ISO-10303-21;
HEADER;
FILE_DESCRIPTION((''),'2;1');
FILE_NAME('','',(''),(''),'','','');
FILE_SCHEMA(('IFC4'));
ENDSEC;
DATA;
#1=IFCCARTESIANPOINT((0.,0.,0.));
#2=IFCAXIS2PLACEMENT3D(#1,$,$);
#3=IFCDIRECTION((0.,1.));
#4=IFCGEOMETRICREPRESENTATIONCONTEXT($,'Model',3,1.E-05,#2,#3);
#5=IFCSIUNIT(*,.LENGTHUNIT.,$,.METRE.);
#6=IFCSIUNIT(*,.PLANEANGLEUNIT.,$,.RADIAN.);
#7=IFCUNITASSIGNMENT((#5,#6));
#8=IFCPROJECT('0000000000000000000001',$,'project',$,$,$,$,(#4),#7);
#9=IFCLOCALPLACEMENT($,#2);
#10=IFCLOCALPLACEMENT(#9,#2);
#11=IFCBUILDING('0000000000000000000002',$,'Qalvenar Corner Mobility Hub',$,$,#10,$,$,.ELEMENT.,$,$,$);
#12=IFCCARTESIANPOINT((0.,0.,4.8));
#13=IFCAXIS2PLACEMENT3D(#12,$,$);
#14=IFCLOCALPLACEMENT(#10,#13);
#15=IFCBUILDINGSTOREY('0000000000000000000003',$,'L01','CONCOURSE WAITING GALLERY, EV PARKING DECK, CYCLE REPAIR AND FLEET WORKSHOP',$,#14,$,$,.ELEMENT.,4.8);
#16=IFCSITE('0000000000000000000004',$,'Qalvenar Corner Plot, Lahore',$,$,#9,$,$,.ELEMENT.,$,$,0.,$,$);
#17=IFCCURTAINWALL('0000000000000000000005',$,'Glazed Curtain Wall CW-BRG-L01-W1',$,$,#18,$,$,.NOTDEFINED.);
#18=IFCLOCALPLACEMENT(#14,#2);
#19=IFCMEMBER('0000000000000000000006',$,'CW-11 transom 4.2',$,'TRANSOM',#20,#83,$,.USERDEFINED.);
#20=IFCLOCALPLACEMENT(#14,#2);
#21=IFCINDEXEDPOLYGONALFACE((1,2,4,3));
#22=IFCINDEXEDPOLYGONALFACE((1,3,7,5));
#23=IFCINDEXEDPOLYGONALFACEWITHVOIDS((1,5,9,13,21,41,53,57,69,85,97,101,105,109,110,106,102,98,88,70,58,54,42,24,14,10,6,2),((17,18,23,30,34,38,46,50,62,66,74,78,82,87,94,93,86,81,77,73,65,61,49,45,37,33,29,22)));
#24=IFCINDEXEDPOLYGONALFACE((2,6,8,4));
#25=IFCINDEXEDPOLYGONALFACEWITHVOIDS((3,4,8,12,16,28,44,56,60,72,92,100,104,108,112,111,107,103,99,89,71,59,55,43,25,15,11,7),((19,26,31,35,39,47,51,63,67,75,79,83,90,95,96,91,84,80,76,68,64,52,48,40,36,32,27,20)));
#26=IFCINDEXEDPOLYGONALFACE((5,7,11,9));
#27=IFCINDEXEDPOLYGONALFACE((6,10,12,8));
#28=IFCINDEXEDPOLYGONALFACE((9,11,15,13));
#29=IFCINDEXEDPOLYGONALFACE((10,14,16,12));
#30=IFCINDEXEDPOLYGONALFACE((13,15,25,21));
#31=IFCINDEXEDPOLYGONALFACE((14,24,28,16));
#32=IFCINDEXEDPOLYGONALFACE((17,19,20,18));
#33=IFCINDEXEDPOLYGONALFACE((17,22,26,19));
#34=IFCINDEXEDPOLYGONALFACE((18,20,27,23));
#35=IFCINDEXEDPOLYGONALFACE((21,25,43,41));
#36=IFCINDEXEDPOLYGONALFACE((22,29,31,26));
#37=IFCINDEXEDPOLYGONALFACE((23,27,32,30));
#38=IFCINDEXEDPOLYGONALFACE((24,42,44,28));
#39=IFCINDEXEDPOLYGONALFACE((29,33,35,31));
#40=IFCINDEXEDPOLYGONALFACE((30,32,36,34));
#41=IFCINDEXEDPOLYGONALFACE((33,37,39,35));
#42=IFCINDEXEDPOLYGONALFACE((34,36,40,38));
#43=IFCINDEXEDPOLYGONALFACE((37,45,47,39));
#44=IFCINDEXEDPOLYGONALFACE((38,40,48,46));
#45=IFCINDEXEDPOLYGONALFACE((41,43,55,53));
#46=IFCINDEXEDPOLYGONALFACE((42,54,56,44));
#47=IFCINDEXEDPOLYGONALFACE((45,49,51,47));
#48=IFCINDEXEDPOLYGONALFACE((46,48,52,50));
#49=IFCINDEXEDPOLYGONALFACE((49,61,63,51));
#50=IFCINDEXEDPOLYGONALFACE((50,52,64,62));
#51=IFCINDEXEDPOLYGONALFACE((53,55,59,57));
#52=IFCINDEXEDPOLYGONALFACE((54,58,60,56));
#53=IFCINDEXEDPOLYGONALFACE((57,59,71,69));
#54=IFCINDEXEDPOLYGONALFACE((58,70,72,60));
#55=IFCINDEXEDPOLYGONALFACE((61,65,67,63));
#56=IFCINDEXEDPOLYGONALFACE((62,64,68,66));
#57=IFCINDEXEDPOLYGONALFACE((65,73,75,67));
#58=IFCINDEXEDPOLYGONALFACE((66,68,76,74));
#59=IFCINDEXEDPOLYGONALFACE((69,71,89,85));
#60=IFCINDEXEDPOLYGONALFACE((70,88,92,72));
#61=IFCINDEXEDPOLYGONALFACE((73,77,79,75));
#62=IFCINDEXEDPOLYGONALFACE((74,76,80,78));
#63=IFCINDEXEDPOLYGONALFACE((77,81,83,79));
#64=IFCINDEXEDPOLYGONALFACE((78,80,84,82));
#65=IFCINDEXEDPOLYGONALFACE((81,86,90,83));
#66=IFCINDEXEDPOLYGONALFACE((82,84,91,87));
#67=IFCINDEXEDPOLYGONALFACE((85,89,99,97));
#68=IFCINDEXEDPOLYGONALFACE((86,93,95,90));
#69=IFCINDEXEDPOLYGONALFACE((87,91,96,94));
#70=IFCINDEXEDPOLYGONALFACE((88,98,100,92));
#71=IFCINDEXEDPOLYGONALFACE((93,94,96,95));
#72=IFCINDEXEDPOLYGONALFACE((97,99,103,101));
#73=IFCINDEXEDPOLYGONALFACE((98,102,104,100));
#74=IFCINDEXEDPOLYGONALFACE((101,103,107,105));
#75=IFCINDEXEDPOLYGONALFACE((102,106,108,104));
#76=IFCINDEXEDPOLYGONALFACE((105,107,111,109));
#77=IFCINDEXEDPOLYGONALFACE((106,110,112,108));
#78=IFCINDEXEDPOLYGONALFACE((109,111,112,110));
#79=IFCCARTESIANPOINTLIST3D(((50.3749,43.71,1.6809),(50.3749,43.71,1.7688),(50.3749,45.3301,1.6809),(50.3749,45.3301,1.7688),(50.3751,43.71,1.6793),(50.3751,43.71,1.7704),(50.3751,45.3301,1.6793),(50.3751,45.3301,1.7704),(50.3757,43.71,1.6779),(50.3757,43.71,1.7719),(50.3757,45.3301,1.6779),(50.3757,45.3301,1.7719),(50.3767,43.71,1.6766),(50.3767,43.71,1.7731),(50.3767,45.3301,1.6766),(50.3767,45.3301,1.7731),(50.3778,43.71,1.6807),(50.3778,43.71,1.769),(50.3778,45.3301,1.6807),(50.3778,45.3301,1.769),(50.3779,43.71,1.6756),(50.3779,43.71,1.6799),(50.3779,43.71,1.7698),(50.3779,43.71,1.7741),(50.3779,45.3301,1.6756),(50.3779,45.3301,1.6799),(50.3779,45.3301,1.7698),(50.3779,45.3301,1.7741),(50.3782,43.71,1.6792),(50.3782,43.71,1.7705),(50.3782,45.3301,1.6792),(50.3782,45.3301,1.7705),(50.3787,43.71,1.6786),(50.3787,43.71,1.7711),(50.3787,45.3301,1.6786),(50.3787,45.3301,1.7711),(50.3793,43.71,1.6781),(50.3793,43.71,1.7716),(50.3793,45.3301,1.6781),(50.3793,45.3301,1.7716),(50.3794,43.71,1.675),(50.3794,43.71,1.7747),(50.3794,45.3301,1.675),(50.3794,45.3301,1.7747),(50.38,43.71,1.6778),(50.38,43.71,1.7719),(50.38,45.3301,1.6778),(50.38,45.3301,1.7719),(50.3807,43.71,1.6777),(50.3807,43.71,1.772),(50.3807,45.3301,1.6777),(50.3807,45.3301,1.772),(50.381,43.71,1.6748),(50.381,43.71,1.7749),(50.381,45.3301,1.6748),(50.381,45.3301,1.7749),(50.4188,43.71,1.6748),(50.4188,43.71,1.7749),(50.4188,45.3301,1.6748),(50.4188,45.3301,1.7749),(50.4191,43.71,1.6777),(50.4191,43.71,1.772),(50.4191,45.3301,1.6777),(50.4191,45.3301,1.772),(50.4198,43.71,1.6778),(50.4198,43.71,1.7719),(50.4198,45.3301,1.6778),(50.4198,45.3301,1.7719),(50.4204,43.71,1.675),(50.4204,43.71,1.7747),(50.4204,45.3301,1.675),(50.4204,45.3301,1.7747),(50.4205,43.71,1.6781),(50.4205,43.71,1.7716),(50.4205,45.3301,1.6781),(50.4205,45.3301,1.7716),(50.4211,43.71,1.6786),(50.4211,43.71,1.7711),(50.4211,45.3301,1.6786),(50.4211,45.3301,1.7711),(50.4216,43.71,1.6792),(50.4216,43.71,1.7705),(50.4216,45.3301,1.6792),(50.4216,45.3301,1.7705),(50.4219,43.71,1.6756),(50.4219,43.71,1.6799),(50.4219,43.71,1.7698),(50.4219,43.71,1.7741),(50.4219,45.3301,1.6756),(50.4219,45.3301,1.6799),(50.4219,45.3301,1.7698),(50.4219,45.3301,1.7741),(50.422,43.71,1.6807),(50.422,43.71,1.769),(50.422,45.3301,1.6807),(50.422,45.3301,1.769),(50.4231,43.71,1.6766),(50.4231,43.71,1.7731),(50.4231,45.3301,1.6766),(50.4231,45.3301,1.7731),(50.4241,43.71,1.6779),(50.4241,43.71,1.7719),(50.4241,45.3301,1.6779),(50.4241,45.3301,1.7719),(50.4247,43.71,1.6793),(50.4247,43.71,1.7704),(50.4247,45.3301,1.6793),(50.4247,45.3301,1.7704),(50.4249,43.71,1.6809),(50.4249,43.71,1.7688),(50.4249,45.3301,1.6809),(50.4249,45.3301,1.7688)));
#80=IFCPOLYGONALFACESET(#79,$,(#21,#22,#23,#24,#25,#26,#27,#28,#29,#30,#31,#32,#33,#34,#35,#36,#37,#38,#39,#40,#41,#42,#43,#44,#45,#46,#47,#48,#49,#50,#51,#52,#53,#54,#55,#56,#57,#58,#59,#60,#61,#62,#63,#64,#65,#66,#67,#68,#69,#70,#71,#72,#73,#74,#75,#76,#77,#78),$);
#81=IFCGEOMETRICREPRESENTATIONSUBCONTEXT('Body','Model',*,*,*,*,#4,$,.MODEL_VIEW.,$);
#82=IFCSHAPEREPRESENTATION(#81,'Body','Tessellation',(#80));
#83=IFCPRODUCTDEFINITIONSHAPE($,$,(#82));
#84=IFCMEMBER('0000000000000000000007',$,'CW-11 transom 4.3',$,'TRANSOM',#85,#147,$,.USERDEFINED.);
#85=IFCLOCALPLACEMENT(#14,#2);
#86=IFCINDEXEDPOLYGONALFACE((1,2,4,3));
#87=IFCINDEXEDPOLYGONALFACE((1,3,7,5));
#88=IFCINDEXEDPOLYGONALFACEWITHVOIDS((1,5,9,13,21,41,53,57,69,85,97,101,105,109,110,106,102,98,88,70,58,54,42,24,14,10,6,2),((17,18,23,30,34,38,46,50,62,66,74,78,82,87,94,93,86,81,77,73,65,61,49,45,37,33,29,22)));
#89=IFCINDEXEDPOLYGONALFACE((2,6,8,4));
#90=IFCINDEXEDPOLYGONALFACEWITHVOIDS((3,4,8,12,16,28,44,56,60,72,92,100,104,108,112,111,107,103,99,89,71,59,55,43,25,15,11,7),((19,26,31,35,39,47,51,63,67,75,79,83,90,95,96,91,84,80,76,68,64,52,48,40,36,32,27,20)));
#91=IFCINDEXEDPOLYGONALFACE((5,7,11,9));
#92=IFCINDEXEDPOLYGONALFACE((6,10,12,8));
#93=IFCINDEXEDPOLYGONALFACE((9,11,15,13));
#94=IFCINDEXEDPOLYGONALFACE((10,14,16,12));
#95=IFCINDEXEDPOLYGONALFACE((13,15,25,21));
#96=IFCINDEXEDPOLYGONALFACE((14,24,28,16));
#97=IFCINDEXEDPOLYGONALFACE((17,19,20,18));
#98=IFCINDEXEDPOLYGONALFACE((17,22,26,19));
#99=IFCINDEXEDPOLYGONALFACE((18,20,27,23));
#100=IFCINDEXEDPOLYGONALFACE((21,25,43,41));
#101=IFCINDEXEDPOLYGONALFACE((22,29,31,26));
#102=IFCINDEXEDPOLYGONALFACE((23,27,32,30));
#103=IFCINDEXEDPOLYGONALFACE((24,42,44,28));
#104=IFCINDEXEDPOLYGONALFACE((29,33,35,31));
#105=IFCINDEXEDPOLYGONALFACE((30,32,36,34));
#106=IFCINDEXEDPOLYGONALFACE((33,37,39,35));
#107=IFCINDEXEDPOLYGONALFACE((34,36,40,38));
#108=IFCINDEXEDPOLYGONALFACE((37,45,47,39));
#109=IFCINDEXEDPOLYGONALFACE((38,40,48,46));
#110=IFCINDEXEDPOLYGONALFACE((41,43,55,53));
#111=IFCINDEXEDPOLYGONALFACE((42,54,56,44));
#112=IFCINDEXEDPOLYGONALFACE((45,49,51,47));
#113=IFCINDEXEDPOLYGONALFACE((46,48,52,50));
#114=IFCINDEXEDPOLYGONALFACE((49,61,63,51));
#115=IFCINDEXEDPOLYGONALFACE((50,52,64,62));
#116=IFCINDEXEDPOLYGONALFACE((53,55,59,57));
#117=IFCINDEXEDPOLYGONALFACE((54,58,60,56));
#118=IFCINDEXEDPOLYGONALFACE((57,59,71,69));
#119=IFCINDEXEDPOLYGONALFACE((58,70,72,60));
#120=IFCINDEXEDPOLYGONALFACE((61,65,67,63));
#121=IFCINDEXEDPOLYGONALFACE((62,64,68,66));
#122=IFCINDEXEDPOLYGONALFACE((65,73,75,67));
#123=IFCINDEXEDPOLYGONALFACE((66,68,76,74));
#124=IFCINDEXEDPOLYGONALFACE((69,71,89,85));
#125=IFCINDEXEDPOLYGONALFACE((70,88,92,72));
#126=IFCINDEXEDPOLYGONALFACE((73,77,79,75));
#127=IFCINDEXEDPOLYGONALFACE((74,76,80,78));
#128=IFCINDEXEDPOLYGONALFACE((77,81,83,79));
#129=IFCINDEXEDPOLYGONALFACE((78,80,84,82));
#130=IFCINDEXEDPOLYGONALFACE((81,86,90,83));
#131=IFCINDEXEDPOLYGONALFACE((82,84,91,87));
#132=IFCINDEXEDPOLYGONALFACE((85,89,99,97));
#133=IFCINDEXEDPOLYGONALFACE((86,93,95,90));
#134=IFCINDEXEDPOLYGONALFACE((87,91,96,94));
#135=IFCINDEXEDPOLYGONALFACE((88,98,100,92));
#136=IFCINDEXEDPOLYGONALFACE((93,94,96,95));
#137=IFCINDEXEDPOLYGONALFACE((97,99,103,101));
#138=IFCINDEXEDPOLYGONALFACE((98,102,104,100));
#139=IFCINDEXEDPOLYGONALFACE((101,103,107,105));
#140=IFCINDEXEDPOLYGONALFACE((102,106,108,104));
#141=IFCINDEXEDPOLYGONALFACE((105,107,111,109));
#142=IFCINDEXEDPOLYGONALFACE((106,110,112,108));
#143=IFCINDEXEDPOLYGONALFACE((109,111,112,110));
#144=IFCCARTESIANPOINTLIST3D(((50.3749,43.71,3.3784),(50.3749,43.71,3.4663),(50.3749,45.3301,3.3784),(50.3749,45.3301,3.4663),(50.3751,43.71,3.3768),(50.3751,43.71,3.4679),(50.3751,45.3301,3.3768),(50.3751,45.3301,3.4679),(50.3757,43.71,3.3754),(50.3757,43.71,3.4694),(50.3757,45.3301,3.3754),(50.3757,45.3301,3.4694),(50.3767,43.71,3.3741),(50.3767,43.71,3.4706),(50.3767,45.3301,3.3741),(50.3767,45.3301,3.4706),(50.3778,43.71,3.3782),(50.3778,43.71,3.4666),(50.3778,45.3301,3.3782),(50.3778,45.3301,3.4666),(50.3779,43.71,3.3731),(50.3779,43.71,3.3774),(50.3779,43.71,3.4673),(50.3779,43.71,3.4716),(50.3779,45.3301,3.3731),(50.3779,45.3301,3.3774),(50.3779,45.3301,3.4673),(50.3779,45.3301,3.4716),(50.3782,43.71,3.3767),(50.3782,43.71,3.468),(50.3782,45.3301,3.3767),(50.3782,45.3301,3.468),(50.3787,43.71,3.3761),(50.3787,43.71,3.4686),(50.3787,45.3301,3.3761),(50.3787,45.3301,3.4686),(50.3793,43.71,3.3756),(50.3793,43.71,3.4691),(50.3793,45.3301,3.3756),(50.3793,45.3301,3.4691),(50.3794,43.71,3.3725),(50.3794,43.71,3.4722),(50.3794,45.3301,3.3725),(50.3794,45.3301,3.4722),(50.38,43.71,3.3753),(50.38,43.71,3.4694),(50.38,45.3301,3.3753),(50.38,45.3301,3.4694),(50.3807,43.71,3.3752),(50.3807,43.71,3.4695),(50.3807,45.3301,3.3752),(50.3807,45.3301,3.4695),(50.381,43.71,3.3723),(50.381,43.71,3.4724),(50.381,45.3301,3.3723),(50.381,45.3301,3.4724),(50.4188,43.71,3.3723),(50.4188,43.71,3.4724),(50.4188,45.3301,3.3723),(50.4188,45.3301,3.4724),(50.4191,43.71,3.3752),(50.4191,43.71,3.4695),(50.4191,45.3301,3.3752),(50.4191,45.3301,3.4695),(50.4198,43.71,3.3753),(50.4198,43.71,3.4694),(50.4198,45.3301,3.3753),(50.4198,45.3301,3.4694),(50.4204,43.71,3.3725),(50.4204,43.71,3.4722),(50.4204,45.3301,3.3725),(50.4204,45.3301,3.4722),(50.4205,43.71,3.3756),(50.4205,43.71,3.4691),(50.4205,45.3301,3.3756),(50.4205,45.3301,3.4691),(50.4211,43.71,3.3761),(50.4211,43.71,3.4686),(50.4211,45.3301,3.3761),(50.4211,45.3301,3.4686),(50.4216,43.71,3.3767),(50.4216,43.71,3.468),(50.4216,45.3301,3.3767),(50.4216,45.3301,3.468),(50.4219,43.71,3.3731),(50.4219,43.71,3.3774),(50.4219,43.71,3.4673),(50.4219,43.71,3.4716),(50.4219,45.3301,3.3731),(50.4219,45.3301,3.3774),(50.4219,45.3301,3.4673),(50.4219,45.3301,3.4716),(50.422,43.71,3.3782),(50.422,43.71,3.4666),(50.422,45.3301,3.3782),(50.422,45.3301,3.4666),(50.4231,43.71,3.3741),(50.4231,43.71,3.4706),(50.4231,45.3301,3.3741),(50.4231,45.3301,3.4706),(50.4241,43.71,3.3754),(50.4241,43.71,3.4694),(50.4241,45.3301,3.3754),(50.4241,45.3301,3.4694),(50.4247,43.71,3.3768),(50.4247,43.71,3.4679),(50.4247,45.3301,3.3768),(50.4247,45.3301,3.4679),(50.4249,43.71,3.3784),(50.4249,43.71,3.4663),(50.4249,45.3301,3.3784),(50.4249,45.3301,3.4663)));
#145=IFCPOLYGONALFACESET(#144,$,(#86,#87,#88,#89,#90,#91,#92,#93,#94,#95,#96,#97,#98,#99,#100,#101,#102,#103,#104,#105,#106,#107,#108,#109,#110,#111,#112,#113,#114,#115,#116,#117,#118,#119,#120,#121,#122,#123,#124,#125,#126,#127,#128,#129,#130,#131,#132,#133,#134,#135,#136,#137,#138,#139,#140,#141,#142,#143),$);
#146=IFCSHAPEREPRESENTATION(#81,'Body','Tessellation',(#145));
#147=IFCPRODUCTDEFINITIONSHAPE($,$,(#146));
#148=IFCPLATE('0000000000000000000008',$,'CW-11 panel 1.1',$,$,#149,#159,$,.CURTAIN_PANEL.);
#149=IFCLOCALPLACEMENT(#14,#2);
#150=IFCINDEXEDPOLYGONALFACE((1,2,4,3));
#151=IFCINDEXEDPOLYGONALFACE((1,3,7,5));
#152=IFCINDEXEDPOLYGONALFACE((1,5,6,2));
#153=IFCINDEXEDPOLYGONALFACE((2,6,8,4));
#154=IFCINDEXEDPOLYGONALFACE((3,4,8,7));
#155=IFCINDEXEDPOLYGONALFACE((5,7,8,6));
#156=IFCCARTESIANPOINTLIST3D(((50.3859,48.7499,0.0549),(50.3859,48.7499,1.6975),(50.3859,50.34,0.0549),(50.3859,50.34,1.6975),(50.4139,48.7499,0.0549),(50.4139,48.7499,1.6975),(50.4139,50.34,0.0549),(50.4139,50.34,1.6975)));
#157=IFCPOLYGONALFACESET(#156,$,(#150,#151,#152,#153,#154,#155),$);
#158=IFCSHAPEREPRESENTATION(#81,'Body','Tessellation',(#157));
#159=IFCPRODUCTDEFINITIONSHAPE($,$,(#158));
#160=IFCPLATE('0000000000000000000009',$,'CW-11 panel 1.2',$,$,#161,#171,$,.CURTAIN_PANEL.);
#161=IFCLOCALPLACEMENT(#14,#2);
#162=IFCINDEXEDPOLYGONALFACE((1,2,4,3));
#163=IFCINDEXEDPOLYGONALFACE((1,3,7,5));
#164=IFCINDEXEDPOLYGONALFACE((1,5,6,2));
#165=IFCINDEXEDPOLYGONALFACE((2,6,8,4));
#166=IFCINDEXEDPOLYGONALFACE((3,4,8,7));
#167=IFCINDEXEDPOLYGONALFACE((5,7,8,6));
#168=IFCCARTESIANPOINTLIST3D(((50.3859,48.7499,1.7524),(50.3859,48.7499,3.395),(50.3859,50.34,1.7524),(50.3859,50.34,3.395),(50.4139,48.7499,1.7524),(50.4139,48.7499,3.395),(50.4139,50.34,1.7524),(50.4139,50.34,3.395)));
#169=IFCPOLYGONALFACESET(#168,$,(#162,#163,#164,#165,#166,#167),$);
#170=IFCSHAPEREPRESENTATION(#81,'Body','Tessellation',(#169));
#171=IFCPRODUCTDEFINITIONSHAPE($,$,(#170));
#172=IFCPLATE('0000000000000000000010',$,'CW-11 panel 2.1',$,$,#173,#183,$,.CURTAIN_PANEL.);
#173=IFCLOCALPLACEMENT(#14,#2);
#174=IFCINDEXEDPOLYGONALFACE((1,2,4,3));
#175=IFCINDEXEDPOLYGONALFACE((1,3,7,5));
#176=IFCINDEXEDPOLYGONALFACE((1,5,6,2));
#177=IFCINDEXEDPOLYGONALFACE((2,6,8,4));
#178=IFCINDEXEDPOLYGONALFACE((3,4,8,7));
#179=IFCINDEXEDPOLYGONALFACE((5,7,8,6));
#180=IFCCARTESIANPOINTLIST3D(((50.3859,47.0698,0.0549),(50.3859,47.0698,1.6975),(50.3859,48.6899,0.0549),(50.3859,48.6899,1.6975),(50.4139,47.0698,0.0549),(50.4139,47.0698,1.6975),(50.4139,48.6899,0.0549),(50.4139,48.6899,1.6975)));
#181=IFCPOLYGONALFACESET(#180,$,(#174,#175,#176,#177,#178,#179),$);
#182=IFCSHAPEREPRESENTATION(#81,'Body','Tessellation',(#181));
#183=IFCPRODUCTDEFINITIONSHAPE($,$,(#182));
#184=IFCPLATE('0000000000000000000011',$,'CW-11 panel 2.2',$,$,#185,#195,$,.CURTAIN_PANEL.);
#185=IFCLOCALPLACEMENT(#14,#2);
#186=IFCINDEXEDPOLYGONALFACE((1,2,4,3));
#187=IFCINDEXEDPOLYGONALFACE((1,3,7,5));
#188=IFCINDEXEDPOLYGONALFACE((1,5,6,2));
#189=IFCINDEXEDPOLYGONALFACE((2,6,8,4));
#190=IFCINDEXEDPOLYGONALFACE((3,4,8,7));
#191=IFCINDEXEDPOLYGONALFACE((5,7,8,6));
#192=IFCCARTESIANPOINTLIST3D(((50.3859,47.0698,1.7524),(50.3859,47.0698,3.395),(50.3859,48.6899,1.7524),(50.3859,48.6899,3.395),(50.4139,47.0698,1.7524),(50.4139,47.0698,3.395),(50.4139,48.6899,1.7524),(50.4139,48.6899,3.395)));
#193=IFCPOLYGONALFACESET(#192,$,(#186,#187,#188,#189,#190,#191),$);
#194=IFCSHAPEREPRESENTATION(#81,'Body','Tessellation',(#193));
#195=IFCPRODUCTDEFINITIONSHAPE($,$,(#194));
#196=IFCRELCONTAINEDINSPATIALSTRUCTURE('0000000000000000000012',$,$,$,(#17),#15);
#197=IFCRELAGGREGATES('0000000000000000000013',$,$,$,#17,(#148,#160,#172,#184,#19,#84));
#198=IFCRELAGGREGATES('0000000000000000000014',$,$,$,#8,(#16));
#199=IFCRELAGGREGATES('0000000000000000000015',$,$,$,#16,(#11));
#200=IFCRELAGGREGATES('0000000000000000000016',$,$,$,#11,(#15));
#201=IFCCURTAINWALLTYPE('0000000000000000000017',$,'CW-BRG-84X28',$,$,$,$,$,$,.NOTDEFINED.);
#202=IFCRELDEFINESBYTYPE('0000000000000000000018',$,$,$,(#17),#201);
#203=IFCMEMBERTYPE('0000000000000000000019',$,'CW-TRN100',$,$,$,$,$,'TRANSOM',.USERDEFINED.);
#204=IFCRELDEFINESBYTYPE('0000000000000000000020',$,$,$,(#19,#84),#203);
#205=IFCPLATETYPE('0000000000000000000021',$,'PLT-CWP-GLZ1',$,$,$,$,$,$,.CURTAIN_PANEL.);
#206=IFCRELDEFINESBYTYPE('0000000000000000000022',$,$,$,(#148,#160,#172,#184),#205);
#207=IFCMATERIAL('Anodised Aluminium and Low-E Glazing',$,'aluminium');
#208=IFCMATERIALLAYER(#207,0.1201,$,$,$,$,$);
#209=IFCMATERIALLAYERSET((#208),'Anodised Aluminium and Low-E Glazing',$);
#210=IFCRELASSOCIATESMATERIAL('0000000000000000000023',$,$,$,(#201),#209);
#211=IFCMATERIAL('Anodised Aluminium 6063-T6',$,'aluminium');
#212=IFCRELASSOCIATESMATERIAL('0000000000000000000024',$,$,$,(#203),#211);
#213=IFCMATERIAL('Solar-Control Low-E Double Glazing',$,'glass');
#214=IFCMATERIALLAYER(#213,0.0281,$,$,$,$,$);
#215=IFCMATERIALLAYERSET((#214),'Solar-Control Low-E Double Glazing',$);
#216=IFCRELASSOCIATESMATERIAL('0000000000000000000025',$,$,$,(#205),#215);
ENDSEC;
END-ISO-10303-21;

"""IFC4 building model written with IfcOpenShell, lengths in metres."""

from ifc_helpers import new_model, si_unit, direction, frame, origin, origin_2d, place, context, subcontext, project, spatial, rectangle, hollow_rectangle, extrude, material, layer, layer_set, material_profile, profile_set, type_object, element, aggregate, save


model = new_model("IFC4")

# Units and contexts
model_context = context("Model", 3, precision=1e-05, world=origin(), true_north=direction((0.0, 1.0)))
body_context = subcontext(model_context, "Body", "Model", "MODEL_VIEW")
ifc_project = project(units=[si_unit("LENGTHUNIT", "METRE"), si_unit("PLANEANGLEUNIT", "RADIAN")], contexts=[model_context])

# Site, building, storey
site_placement = place(None, origin())
site = spatial("IfcSite", under=ifc_project, at=site_placement, Name="Qalvenar Corner Plot, Lahore", CompositionType="ELEMENT", RefElevation=0.0)
building_placement = place(site_placement, origin())
building = spatial("IfcBuilding", under=site, at=building_placement, Name="Qalvenar Corner Mobility Hub", CompositionType="ELEMENT")
storey_placement = place(building_placement, frame((0.0, 0.0, 4.8)))
storey = spatial("IfcBuildingStorey", under=building, at=storey_placement, Name="L01", Description="CONCOURSE WAITING GALLERY, EV PARKING DECK, CYCLE REPAIR AND FLEET WORKSHOP", CompositionType="ELEMENT", Elevation=4.8)

# Curtain wall, members, plates
ifc_material_1 = material(Name="Anodised Aluminium and Low-E Glazing", Category="aluminium")
ifc_layer_1 = layer(ifc_material_1, 0.1201)
ifc_layer_set_1 = layer_set([ifc_layer_1], Name="Anodised Aluminium and Low-E Glazing")
curtain_wall_type = type_object("IfcCurtainWallType", Name="CW-BRG-84X28", PredefinedType="NOTDEFINED", material=ifc_layer_set_1)
curtain_wall_placement = place(storey_placement, origin())
curtain_wall = element("IfcCurtainWall", 1, at=curtain_wall_placement, inside=storey, type_object=curtain_wall_type, Name="Glazed Curtain Wall CW-BRG-L01-W1", PredefinedType="NOTDEFINED")
ifc_material_2 = material(Name="Anodised Aluminium 6063-T6", Category="aluminium")
ifc_material_profile_1 = material_profile(ifc_material_2, hollow_rectangle(XDim=0.05, YDim=0.1001, WallThickness=0.0029, InnerFilletRadius=0.0029, OuterFilletRadius=0.0061, at=origin_2d()), Name="RHS100x50x3")
ifc_profile_set_1 = profile_set([ifc_material_profile_1], Name="Anodised Aluminium 6063-T6")
member_type_1 = type_object("IfcMemberType", Name="CW-TRN100", ElementType="TRANSOM", PredefinedType="USERDEFINED", material=ifc_profile_set_1)
member_1_placement = place(storey_placement, frame((50.3999, 45.3301, 1.7249), z_axis=(0.0, -1.0, 0.0), x_axis=(1.0, 0.0, 0.0)))
member_1 = element("IfcMember", 2, at=member_1_placement, type_object=member_type_1, Name="CW-11 transom 4.2", ObjectType="TRANSOM", PredefinedType="USERDEFINED", context=body_context, shape_type="SweptSolid", body=[
    extrude(hollow_rectangle(XDim=0.05, YDim=0.1001, WallThickness=0.0029, InnerFilletRadius=0.0029, OuterFilletRadius=0.0061, at=origin_2d()), origin(), (0.0, 0.0, 1.0), 1.6201),
])
member_2_placement = place(storey_placement, frame((50.3999, 45.3301, 3.4224), z_axis=(0.0, -1.0, 0.0), x_axis=(1.0, 0.0, 0.0)))
member_2 = element("IfcMember", 3, at=member_2_placement, type_object=member_type_1, Name="CW-11 transom 4.3", ObjectType="TRANSOM", PredefinedType="USERDEFINED", context=body_context, shape_type="SweptSolid", body=[
    extrude(hollow_rectangle(XDim=0.05, YDim=0.1001, WallThickness=0.0029, InnerFilletRadius=0.0029, OuterFilletRadius=0.0061, at=origin_2d()), origin(), (0.0, 0.0, 1.0), 1.6201),
])
ifc_material_3 = material(Name="Solar-Control Low-E Double Glazing", Category="glass")
ifc_layer_2 = layer(ifc_material_3, 0.0281)
ifc_layer_set_2 = layer_set([ifc_layer_2], Name="Solar-Control Low-E Double Glazing")
plate_type = type_object("IfcPlateType", Name="PLT-CWP-GLZ1", PredefinedType="CURTAIN_PANEL", material=ifc_layer_set_2)
plate_1_placement = place(storey_placement, frame((50.3999, 49.5449, 0.0549), z_axis=(0.0, 0.0, 1.0), x_axis=(0.0, -1.0, 0.0)))
plate_1 = element("IfcPlate", 4, at=plate_1_placement, type_object=plate_type, Name="CW-11 panel 1.1", PredefinedType="CURTAIN_PANEL", context=body_context, shape_type="SweptSolid", body=[
    extrude(rectangle(XDim=1.5901, YDim=0.0281, at=origin_2d()), origin(), (0.0, 0.0, 1.0), 1.6426),
])
plate_2_placement = place(storey_placement, frame((50.3999, 49.5449, 1.7524), z_axis=(0.0, 0.0, 1.0), x_axis=(0.0, -1.0, 0.0)))
plate_2 = element("IfcPlate", 5, at=plate_2_placement, type_object=plate_type, Name="CW-11 panel 1.2", PredefinedType="CURTAIN_PANEL", context=body_context, shape_type="SweptSolid", body=[
    extrude(rectangle(XDim=1.5901, YDim=0.0281, at=origin_2d()), origin(), (0.0, 0.0, 1.0), 1.6426),
])
plate_3_placement = place(storey_placement, frame((50.3999, 47.8799, 0.0549), z_axis=(0.0, 0.0, 1.0), x_axis=(0.0, -1.0, 0.0)))
plate_3 = element("IfcPlate", 6, at=plate_3_placement, type_object=plate_type, Name="CW-11 panel 2.1", PredefinedType="CURTAIN_PANEL", context=body_context, shape_type="SweptSolid", body=[
    extrude(rectangle(XDim=1.6201, YDim=0.0281, at=origin_2d()), origin(), (0.0, 0.0, 1.0), 1.6426),
])
plate_4_placement = place(storey_placement, frame((50.3999, 47.8799, 1.7524), z_axis=(0.0, 0.0, 1.0), x_axis=(0.0, -1.0, 0.0)))
plate_4 = element("IfcPlate", 7, at=plate_4_placement, type_object=plate_type, Name="CW-11 panel 2.2", PredefinedType="CURTAIN_PANEL", context=body_context, shape_type="SweptSolid", body=[
    extrude(rectangle(XDim=1.6201, YDim=0.0281, at=origin_2d()), origin(), (0.0, 0.0, 1.0), 1.6426),
])
aggregate(curtain_wall, [plate_1, plate_2, plate_3, plate_4, member_1, member_2])

save(model, "model.ifc")
